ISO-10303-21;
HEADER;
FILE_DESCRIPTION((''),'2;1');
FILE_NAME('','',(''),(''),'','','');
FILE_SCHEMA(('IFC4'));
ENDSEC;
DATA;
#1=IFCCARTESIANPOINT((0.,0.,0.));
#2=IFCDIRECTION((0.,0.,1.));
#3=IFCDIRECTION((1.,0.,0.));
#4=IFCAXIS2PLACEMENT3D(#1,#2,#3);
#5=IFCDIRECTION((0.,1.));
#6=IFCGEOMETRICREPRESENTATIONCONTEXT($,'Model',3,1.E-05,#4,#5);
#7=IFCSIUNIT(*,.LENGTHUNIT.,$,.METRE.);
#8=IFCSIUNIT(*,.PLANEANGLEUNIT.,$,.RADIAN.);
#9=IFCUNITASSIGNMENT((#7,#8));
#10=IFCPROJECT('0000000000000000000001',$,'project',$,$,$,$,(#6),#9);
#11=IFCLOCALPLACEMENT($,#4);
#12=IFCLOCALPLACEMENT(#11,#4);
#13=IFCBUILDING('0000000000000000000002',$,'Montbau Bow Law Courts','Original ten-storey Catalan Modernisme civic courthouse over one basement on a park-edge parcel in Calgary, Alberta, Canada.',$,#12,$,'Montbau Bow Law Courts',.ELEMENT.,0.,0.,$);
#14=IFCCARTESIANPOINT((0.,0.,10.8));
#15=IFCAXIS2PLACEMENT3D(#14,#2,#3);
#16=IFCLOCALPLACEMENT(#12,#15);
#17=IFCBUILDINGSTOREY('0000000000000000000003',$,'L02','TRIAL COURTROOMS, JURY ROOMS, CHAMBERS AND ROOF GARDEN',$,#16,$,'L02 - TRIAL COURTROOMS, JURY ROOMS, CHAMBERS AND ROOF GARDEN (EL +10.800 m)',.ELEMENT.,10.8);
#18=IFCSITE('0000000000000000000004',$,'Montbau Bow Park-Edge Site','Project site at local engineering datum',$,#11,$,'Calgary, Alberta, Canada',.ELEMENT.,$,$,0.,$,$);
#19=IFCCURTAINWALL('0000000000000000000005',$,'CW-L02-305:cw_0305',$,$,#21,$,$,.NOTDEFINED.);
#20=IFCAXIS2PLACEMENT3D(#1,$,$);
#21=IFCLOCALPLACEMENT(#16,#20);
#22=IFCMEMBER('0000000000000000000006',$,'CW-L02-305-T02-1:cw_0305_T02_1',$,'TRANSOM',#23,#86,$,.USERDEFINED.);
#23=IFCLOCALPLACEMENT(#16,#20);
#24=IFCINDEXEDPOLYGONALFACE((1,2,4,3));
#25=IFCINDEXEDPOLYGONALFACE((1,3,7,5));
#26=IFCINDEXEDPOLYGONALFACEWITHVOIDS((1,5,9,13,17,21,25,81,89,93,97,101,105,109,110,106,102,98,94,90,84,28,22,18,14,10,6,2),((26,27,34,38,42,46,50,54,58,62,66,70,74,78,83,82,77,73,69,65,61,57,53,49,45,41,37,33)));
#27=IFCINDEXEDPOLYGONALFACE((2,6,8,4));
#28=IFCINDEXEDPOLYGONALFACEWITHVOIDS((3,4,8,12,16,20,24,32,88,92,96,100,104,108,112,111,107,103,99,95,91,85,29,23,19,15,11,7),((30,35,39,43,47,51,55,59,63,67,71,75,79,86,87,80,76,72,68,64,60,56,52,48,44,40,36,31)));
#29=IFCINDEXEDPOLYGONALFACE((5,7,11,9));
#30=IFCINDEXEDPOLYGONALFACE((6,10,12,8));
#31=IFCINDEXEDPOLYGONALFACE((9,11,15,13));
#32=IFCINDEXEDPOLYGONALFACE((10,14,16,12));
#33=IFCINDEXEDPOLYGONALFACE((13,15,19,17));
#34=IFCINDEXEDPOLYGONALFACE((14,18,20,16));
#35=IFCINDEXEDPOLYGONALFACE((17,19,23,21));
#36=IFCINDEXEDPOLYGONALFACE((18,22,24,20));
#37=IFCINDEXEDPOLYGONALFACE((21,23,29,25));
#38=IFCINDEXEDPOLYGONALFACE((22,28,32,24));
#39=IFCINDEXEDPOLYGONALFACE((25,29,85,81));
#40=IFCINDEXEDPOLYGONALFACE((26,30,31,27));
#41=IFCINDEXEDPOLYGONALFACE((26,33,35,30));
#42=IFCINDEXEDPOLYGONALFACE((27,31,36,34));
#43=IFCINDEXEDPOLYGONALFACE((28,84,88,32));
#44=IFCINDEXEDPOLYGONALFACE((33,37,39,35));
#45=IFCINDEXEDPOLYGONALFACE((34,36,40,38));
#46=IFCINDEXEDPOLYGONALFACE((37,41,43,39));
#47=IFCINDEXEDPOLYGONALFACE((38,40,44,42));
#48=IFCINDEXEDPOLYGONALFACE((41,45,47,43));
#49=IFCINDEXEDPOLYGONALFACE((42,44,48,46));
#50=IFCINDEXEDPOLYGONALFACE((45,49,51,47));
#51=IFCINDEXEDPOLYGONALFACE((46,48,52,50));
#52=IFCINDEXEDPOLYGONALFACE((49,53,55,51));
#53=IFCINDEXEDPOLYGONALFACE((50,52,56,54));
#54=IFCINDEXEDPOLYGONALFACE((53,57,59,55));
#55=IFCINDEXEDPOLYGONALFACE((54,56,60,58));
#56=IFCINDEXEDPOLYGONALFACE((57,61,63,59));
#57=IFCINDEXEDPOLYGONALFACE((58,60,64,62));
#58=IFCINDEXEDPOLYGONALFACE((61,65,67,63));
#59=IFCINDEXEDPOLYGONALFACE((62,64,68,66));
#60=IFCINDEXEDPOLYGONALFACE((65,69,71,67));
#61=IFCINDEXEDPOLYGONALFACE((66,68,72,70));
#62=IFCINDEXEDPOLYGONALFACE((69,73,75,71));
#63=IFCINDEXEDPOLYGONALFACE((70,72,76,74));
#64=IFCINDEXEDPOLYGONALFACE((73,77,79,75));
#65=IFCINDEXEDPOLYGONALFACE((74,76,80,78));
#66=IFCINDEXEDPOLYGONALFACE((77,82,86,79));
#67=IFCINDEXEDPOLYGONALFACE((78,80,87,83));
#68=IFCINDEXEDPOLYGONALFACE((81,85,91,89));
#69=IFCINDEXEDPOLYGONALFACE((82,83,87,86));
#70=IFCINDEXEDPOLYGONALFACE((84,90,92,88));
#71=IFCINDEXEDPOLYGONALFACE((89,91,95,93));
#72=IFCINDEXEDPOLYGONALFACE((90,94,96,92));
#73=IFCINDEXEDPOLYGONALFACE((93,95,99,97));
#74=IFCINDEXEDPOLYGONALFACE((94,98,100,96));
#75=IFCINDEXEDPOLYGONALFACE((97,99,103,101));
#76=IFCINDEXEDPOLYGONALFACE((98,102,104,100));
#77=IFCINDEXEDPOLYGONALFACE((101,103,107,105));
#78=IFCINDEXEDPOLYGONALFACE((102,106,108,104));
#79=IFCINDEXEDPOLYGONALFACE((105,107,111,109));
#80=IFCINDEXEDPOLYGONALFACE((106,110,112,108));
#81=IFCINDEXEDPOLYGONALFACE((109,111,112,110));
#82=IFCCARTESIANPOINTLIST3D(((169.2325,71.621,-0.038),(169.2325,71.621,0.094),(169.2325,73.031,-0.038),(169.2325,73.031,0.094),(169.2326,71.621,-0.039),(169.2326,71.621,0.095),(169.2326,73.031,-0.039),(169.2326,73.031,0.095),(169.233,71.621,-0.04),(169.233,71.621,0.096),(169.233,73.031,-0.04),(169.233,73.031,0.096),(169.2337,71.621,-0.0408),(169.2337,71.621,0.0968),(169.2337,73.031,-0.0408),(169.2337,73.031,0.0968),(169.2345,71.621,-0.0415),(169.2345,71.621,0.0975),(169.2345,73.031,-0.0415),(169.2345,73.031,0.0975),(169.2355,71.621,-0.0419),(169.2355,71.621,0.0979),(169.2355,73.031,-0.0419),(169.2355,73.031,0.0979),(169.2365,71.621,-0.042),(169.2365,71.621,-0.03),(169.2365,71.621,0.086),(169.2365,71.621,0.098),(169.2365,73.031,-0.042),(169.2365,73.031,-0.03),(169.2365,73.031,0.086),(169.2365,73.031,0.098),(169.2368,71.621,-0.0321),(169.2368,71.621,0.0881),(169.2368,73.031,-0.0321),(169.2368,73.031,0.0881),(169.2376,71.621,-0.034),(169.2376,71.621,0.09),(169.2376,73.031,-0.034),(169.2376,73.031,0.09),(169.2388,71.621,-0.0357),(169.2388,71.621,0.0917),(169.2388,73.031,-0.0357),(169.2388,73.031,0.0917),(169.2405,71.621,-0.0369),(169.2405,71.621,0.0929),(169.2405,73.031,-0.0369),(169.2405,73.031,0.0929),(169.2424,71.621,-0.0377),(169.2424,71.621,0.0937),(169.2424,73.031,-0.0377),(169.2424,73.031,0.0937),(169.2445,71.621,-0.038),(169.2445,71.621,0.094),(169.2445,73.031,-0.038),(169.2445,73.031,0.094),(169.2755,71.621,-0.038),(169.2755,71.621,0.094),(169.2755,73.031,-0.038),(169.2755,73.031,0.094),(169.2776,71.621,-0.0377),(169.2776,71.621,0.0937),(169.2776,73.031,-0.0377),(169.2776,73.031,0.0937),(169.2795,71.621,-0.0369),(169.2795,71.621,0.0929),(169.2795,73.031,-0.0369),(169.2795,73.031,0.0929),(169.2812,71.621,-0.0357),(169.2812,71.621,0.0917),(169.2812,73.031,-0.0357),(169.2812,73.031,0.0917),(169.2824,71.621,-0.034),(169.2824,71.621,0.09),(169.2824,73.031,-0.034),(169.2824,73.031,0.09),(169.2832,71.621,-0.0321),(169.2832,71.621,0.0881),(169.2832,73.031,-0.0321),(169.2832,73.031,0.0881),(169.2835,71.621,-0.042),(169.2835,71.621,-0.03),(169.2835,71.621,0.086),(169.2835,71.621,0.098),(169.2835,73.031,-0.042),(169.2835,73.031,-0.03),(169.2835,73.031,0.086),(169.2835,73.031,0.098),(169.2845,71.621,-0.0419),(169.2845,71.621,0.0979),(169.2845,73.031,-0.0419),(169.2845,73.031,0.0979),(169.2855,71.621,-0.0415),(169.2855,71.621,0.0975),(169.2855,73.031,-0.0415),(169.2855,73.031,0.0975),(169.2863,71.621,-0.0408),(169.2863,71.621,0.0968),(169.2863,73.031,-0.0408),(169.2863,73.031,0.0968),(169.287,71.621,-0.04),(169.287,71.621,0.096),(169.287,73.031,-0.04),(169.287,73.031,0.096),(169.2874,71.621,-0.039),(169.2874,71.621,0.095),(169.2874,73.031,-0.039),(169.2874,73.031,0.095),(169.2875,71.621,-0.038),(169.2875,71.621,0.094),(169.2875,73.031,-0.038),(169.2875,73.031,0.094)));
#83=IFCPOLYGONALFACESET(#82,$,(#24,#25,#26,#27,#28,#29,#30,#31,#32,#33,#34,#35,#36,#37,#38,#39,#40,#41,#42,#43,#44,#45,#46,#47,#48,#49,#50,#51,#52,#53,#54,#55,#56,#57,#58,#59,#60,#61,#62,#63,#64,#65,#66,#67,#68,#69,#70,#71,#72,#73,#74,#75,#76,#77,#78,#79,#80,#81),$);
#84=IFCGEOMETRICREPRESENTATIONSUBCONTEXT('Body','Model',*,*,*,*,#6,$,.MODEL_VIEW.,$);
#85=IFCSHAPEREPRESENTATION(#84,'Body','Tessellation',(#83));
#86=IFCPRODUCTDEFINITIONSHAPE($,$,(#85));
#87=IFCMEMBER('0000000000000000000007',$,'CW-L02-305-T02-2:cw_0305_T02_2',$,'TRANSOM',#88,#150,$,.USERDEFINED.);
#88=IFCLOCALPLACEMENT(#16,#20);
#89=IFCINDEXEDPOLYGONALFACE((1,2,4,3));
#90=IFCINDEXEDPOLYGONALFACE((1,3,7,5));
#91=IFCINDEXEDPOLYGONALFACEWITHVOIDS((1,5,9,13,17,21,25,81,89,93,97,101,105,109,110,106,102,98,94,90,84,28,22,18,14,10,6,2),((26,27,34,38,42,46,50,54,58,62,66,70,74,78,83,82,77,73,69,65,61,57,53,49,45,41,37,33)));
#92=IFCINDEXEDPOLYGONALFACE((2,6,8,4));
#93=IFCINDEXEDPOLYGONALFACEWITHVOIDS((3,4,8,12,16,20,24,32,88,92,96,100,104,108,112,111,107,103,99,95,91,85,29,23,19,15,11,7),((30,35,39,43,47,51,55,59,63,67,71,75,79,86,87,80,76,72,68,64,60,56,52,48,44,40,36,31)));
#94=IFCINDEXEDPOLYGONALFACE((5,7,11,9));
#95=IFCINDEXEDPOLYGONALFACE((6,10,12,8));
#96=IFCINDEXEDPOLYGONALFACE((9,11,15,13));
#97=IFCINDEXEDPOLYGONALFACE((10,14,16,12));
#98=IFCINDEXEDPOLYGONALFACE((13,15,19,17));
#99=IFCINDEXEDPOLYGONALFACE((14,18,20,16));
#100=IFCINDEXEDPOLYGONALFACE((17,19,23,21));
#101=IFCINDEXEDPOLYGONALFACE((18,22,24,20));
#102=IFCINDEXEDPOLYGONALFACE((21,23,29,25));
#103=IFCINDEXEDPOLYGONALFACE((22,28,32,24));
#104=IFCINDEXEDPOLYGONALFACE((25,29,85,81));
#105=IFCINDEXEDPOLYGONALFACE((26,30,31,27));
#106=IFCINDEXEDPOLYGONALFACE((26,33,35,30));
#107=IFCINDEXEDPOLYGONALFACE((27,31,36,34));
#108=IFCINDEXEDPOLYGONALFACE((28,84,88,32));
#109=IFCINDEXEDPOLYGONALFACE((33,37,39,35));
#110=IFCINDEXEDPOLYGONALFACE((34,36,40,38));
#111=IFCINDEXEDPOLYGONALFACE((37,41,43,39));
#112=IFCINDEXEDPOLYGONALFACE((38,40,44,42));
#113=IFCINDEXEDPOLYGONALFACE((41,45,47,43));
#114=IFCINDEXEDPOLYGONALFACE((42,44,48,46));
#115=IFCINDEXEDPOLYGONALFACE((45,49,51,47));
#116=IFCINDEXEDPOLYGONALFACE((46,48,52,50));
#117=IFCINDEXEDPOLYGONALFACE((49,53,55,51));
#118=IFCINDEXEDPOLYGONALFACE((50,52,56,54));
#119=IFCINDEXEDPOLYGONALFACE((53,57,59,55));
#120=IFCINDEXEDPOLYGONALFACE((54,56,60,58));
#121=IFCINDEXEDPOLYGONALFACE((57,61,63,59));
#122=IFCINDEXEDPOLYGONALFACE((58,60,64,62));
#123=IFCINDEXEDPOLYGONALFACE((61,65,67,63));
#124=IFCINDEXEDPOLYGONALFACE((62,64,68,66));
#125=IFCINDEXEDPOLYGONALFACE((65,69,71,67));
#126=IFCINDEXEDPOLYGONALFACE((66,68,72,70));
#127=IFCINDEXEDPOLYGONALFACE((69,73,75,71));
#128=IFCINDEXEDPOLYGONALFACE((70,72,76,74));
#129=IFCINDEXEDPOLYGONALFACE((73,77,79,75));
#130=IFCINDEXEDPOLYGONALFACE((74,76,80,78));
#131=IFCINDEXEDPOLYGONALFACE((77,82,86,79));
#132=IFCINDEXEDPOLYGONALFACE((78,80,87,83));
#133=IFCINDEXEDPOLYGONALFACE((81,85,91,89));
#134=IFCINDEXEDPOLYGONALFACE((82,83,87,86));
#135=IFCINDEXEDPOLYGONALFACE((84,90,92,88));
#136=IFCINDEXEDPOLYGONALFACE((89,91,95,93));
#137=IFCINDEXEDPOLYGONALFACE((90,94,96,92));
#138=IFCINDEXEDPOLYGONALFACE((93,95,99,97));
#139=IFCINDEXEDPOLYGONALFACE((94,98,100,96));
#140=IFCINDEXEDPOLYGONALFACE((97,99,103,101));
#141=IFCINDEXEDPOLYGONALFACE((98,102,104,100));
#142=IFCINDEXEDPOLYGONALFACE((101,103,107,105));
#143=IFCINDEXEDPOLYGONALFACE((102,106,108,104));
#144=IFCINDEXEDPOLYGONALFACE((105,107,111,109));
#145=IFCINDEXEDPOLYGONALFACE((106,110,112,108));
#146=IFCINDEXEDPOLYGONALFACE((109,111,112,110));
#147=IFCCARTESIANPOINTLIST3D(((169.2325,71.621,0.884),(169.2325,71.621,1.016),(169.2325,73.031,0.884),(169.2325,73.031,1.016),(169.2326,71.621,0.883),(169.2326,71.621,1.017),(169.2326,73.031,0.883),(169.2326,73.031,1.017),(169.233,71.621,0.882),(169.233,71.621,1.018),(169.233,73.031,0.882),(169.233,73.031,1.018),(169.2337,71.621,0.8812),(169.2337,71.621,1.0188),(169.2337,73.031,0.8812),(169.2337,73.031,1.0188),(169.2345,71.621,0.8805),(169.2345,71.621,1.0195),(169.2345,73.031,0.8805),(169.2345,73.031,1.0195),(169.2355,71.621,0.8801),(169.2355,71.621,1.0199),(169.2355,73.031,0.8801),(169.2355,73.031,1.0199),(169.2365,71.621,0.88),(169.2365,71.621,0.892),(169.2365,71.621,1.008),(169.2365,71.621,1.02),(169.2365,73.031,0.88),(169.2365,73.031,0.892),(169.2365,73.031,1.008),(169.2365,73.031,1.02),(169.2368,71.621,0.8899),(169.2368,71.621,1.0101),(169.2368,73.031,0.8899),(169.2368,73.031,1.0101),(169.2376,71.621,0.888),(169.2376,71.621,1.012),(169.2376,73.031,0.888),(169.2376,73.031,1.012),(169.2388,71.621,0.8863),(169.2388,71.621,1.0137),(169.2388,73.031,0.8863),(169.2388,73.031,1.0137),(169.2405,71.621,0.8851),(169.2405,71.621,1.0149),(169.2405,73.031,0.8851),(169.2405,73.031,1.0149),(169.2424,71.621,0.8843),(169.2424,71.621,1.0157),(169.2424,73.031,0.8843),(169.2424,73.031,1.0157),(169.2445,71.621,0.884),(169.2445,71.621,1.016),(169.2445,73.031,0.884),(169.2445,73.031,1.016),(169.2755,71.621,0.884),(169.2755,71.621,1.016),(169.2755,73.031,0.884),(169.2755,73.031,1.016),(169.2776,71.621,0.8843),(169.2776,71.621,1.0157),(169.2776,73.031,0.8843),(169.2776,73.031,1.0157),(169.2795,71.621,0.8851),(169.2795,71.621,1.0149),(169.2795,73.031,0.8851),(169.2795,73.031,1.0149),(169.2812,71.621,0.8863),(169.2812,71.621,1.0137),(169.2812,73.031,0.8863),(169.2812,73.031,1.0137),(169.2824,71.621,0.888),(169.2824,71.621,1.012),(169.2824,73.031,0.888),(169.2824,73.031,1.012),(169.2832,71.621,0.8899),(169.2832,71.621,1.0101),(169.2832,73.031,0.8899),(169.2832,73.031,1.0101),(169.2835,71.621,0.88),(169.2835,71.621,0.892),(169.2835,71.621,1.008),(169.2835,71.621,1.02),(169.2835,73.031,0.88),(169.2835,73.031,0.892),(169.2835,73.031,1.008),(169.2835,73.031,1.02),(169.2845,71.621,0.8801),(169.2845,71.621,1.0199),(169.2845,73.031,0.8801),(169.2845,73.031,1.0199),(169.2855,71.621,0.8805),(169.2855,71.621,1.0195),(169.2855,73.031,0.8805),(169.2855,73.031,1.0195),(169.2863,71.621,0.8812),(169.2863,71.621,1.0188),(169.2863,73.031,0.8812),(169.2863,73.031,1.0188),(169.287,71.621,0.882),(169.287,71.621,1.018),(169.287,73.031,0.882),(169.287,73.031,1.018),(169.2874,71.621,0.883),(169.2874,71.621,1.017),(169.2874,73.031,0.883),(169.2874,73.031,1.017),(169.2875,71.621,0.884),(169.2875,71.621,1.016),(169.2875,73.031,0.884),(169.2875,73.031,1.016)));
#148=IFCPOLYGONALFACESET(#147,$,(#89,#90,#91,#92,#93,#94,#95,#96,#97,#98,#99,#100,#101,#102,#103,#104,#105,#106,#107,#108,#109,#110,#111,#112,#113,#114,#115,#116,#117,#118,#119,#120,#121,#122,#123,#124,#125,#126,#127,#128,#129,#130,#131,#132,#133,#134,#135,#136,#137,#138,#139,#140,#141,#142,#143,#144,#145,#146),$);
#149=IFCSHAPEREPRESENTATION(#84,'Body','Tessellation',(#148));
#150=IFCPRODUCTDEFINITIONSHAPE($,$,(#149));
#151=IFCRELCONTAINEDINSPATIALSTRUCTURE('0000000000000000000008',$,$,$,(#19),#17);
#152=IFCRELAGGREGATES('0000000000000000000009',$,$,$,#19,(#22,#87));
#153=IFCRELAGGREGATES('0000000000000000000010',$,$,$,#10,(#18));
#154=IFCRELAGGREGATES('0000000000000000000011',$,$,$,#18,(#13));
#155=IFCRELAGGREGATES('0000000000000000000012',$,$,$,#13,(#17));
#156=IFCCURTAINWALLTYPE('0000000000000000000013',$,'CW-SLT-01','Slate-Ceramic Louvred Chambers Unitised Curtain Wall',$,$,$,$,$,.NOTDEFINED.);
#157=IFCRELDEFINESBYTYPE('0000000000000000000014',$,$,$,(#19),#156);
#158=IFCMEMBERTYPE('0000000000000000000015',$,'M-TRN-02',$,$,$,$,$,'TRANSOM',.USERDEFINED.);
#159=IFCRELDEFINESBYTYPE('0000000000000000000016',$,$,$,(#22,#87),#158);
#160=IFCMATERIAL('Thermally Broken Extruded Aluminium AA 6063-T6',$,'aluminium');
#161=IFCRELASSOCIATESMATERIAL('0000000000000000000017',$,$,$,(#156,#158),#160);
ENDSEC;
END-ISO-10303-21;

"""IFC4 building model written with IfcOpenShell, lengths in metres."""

from ifc_helpers import new_model, si_unit, direction, frame, origin_with_axes, origin_2d_with_axis, place, context, subcontext, project, spatial, hollow_rectangle, extrude, material, material_profile, profile_set, type_object, element, aggregate, save


model = new_model("IFC4")

# Units and contexts
model_context = context("Model", 3, precision=1e-05, world=origin_with_axes(), true_north=direction((0.0, 1.0)))
body_context = subcontext(model_context, "Body", "Model", "MODEL_VIEW")
ifc_project = project(units=[si_unit("LENGTHUNIT", "METRE"), si_unit("PLANEANGLEUNIT", "RADIAN")], contexts=[model_context])

# Site, building, storey
site_placement = place(None, origin_with_axes())
site = spatial("IfcSite", under=ifc_project, at=site_placement, Name="Montbau Bow Park-Edge Site", Description="Project site at local engineering datum", LongName="Calgary, Alberta, Canada", CompositionType="ELEMENT", RefElevation=0.0)
building_placement = place(site_placement, origin_with_axes())
building = spatial("IfcBuilding", under=site, at=building_placement, Name="Montbau Bow Law Courts", Description="Original ten-storey Catalan Modernisme civic courthouse over one basement on a park-edge parcel in Calgary, Alberta, Canada.", LongName="Montbau Bow Law Courts", CompositionType="ELEMENT", ElevationOfRefHeight=0.0, ElevationOfTerrain=0.0)
storey_placement = place(building_placement, frame((0.0, 0.0, 10.8), z_axis=(0.0, 0.0, 1.0), x_axis=(1.0, 0.0, 0.0)))
storey = spatial("IfcBuildingStorey", under=building, at=storey_placement, Name="L02", Description="TRIAL COURTROOMS, JURY ROOMS, CHAMBERS AND ROOF GARDEN", LongName="L02 - TRIAL COURTROOMS, JURY ROOMS, CHAMBERS AND ROOF GARDEN (EL +10.800 m)", CompositionType="ELEMENT", Elevation=10.8)

# Curtain wall, members
ifc_material_1 = material(Name="Thermally Broken Extruded Aluminium AA 6063-T6", Category="aluminium")
curtain_wall_type = type_object("IfcCurtainWallType", Name="CW-SLT-01", Description="Slate-Ceramic Louvred Chambers Unitised Curtain Wall", PredefinedType="NOTDEFINED", material=ifc_material_1)
curtain_wall_placement = place(None, frame((169.26, 70.115, 10.8), z_axis=(0.0, 0.0, 1.0), x_axis=(1.0, 0.0, 0.0)))
curtain_wall = element("IfcCurtainWall", 1, at=curtain_wall_placement, inside=storey, type_object=curtain_wall_type, Name="CW-L02-305:cw_0305", PredefinedType="NOTDEFINED")
ifc_material_profile_1 = material_profile(ifc_material_1, hollow_rectangle(XDim=0.055, YDim=0.14, WallThickness=0.004, InnerFilletRadius=0.008, OuterFilletRadius=0.004, at=origin_2d_with_axis()), Name="CWT-140X55", Category="Main", Priority=0)
ifc_profile_set_1 = profile_set([ifc_material_profile_1], Name="Thermally Broken Extruded Aluminium AA 6063-T6")
member_type_1 = type_object("IfcMemberType", Name="M-TRN-02", ElementType="TRANSOM", PredefinedType="USERDEFINED", material=ifc_profile_set_1)
member_1_placement = place(None, frame((169.26, 71.621, 10.828), z_axis=(0.0, 1.0, 0.0), x_axis=(-1.0, 0.0, 0.0)))
member_1 = element("IfcMember", 2, at=member_1_placement, type_object=member_type_1, Name="CW-L02-305-T02-1:cw_0305_T02_1", ObjectType="TRANSOM", PredefinedType="USERDEFINED", context=body_context, shape_type="SweptSolid", body=[
    extrude(hollow_rectangle(XDim=0.055, YDim=0.14, WallThickness=0.004, InnerFilletRadius=0.008, OuterFilletRadius=0.004, at=origin_2d_with_axis()), origin_with_axes(), (0.0, 0.0, 1.0), 1.41),
])
member_2_placement = place(None, frame((169.26, 71.621, 11.75), z_axis=(0.0, 1.0, 0.0), x_axis=(-1.0, 0.0, 0.0)))
member_2 = element("IfcMember", 3, at=member_2_placement, type_object=member_type_1, Name="CW-L02-305-T02-2:cw_0305_T02_2", ObjectType="TRANSOM", PredefinedType="USERDEFINED", context=body_context, shape_type="SweptSolid", body=[
    extrude(hollow_rectangle(XDim=0.055, YDim=0.14, WallThickness=0.004, InnerFilletRadius=0.008, OuterFilletRadius=0.004, at=origin_2d_with_axis()), origin_with_axes(), (0.0, 0.0, 1.0), 1.41),
])
aggregate(curtain_wall, [member_1, member_2])

save(model, "model.ifc")
